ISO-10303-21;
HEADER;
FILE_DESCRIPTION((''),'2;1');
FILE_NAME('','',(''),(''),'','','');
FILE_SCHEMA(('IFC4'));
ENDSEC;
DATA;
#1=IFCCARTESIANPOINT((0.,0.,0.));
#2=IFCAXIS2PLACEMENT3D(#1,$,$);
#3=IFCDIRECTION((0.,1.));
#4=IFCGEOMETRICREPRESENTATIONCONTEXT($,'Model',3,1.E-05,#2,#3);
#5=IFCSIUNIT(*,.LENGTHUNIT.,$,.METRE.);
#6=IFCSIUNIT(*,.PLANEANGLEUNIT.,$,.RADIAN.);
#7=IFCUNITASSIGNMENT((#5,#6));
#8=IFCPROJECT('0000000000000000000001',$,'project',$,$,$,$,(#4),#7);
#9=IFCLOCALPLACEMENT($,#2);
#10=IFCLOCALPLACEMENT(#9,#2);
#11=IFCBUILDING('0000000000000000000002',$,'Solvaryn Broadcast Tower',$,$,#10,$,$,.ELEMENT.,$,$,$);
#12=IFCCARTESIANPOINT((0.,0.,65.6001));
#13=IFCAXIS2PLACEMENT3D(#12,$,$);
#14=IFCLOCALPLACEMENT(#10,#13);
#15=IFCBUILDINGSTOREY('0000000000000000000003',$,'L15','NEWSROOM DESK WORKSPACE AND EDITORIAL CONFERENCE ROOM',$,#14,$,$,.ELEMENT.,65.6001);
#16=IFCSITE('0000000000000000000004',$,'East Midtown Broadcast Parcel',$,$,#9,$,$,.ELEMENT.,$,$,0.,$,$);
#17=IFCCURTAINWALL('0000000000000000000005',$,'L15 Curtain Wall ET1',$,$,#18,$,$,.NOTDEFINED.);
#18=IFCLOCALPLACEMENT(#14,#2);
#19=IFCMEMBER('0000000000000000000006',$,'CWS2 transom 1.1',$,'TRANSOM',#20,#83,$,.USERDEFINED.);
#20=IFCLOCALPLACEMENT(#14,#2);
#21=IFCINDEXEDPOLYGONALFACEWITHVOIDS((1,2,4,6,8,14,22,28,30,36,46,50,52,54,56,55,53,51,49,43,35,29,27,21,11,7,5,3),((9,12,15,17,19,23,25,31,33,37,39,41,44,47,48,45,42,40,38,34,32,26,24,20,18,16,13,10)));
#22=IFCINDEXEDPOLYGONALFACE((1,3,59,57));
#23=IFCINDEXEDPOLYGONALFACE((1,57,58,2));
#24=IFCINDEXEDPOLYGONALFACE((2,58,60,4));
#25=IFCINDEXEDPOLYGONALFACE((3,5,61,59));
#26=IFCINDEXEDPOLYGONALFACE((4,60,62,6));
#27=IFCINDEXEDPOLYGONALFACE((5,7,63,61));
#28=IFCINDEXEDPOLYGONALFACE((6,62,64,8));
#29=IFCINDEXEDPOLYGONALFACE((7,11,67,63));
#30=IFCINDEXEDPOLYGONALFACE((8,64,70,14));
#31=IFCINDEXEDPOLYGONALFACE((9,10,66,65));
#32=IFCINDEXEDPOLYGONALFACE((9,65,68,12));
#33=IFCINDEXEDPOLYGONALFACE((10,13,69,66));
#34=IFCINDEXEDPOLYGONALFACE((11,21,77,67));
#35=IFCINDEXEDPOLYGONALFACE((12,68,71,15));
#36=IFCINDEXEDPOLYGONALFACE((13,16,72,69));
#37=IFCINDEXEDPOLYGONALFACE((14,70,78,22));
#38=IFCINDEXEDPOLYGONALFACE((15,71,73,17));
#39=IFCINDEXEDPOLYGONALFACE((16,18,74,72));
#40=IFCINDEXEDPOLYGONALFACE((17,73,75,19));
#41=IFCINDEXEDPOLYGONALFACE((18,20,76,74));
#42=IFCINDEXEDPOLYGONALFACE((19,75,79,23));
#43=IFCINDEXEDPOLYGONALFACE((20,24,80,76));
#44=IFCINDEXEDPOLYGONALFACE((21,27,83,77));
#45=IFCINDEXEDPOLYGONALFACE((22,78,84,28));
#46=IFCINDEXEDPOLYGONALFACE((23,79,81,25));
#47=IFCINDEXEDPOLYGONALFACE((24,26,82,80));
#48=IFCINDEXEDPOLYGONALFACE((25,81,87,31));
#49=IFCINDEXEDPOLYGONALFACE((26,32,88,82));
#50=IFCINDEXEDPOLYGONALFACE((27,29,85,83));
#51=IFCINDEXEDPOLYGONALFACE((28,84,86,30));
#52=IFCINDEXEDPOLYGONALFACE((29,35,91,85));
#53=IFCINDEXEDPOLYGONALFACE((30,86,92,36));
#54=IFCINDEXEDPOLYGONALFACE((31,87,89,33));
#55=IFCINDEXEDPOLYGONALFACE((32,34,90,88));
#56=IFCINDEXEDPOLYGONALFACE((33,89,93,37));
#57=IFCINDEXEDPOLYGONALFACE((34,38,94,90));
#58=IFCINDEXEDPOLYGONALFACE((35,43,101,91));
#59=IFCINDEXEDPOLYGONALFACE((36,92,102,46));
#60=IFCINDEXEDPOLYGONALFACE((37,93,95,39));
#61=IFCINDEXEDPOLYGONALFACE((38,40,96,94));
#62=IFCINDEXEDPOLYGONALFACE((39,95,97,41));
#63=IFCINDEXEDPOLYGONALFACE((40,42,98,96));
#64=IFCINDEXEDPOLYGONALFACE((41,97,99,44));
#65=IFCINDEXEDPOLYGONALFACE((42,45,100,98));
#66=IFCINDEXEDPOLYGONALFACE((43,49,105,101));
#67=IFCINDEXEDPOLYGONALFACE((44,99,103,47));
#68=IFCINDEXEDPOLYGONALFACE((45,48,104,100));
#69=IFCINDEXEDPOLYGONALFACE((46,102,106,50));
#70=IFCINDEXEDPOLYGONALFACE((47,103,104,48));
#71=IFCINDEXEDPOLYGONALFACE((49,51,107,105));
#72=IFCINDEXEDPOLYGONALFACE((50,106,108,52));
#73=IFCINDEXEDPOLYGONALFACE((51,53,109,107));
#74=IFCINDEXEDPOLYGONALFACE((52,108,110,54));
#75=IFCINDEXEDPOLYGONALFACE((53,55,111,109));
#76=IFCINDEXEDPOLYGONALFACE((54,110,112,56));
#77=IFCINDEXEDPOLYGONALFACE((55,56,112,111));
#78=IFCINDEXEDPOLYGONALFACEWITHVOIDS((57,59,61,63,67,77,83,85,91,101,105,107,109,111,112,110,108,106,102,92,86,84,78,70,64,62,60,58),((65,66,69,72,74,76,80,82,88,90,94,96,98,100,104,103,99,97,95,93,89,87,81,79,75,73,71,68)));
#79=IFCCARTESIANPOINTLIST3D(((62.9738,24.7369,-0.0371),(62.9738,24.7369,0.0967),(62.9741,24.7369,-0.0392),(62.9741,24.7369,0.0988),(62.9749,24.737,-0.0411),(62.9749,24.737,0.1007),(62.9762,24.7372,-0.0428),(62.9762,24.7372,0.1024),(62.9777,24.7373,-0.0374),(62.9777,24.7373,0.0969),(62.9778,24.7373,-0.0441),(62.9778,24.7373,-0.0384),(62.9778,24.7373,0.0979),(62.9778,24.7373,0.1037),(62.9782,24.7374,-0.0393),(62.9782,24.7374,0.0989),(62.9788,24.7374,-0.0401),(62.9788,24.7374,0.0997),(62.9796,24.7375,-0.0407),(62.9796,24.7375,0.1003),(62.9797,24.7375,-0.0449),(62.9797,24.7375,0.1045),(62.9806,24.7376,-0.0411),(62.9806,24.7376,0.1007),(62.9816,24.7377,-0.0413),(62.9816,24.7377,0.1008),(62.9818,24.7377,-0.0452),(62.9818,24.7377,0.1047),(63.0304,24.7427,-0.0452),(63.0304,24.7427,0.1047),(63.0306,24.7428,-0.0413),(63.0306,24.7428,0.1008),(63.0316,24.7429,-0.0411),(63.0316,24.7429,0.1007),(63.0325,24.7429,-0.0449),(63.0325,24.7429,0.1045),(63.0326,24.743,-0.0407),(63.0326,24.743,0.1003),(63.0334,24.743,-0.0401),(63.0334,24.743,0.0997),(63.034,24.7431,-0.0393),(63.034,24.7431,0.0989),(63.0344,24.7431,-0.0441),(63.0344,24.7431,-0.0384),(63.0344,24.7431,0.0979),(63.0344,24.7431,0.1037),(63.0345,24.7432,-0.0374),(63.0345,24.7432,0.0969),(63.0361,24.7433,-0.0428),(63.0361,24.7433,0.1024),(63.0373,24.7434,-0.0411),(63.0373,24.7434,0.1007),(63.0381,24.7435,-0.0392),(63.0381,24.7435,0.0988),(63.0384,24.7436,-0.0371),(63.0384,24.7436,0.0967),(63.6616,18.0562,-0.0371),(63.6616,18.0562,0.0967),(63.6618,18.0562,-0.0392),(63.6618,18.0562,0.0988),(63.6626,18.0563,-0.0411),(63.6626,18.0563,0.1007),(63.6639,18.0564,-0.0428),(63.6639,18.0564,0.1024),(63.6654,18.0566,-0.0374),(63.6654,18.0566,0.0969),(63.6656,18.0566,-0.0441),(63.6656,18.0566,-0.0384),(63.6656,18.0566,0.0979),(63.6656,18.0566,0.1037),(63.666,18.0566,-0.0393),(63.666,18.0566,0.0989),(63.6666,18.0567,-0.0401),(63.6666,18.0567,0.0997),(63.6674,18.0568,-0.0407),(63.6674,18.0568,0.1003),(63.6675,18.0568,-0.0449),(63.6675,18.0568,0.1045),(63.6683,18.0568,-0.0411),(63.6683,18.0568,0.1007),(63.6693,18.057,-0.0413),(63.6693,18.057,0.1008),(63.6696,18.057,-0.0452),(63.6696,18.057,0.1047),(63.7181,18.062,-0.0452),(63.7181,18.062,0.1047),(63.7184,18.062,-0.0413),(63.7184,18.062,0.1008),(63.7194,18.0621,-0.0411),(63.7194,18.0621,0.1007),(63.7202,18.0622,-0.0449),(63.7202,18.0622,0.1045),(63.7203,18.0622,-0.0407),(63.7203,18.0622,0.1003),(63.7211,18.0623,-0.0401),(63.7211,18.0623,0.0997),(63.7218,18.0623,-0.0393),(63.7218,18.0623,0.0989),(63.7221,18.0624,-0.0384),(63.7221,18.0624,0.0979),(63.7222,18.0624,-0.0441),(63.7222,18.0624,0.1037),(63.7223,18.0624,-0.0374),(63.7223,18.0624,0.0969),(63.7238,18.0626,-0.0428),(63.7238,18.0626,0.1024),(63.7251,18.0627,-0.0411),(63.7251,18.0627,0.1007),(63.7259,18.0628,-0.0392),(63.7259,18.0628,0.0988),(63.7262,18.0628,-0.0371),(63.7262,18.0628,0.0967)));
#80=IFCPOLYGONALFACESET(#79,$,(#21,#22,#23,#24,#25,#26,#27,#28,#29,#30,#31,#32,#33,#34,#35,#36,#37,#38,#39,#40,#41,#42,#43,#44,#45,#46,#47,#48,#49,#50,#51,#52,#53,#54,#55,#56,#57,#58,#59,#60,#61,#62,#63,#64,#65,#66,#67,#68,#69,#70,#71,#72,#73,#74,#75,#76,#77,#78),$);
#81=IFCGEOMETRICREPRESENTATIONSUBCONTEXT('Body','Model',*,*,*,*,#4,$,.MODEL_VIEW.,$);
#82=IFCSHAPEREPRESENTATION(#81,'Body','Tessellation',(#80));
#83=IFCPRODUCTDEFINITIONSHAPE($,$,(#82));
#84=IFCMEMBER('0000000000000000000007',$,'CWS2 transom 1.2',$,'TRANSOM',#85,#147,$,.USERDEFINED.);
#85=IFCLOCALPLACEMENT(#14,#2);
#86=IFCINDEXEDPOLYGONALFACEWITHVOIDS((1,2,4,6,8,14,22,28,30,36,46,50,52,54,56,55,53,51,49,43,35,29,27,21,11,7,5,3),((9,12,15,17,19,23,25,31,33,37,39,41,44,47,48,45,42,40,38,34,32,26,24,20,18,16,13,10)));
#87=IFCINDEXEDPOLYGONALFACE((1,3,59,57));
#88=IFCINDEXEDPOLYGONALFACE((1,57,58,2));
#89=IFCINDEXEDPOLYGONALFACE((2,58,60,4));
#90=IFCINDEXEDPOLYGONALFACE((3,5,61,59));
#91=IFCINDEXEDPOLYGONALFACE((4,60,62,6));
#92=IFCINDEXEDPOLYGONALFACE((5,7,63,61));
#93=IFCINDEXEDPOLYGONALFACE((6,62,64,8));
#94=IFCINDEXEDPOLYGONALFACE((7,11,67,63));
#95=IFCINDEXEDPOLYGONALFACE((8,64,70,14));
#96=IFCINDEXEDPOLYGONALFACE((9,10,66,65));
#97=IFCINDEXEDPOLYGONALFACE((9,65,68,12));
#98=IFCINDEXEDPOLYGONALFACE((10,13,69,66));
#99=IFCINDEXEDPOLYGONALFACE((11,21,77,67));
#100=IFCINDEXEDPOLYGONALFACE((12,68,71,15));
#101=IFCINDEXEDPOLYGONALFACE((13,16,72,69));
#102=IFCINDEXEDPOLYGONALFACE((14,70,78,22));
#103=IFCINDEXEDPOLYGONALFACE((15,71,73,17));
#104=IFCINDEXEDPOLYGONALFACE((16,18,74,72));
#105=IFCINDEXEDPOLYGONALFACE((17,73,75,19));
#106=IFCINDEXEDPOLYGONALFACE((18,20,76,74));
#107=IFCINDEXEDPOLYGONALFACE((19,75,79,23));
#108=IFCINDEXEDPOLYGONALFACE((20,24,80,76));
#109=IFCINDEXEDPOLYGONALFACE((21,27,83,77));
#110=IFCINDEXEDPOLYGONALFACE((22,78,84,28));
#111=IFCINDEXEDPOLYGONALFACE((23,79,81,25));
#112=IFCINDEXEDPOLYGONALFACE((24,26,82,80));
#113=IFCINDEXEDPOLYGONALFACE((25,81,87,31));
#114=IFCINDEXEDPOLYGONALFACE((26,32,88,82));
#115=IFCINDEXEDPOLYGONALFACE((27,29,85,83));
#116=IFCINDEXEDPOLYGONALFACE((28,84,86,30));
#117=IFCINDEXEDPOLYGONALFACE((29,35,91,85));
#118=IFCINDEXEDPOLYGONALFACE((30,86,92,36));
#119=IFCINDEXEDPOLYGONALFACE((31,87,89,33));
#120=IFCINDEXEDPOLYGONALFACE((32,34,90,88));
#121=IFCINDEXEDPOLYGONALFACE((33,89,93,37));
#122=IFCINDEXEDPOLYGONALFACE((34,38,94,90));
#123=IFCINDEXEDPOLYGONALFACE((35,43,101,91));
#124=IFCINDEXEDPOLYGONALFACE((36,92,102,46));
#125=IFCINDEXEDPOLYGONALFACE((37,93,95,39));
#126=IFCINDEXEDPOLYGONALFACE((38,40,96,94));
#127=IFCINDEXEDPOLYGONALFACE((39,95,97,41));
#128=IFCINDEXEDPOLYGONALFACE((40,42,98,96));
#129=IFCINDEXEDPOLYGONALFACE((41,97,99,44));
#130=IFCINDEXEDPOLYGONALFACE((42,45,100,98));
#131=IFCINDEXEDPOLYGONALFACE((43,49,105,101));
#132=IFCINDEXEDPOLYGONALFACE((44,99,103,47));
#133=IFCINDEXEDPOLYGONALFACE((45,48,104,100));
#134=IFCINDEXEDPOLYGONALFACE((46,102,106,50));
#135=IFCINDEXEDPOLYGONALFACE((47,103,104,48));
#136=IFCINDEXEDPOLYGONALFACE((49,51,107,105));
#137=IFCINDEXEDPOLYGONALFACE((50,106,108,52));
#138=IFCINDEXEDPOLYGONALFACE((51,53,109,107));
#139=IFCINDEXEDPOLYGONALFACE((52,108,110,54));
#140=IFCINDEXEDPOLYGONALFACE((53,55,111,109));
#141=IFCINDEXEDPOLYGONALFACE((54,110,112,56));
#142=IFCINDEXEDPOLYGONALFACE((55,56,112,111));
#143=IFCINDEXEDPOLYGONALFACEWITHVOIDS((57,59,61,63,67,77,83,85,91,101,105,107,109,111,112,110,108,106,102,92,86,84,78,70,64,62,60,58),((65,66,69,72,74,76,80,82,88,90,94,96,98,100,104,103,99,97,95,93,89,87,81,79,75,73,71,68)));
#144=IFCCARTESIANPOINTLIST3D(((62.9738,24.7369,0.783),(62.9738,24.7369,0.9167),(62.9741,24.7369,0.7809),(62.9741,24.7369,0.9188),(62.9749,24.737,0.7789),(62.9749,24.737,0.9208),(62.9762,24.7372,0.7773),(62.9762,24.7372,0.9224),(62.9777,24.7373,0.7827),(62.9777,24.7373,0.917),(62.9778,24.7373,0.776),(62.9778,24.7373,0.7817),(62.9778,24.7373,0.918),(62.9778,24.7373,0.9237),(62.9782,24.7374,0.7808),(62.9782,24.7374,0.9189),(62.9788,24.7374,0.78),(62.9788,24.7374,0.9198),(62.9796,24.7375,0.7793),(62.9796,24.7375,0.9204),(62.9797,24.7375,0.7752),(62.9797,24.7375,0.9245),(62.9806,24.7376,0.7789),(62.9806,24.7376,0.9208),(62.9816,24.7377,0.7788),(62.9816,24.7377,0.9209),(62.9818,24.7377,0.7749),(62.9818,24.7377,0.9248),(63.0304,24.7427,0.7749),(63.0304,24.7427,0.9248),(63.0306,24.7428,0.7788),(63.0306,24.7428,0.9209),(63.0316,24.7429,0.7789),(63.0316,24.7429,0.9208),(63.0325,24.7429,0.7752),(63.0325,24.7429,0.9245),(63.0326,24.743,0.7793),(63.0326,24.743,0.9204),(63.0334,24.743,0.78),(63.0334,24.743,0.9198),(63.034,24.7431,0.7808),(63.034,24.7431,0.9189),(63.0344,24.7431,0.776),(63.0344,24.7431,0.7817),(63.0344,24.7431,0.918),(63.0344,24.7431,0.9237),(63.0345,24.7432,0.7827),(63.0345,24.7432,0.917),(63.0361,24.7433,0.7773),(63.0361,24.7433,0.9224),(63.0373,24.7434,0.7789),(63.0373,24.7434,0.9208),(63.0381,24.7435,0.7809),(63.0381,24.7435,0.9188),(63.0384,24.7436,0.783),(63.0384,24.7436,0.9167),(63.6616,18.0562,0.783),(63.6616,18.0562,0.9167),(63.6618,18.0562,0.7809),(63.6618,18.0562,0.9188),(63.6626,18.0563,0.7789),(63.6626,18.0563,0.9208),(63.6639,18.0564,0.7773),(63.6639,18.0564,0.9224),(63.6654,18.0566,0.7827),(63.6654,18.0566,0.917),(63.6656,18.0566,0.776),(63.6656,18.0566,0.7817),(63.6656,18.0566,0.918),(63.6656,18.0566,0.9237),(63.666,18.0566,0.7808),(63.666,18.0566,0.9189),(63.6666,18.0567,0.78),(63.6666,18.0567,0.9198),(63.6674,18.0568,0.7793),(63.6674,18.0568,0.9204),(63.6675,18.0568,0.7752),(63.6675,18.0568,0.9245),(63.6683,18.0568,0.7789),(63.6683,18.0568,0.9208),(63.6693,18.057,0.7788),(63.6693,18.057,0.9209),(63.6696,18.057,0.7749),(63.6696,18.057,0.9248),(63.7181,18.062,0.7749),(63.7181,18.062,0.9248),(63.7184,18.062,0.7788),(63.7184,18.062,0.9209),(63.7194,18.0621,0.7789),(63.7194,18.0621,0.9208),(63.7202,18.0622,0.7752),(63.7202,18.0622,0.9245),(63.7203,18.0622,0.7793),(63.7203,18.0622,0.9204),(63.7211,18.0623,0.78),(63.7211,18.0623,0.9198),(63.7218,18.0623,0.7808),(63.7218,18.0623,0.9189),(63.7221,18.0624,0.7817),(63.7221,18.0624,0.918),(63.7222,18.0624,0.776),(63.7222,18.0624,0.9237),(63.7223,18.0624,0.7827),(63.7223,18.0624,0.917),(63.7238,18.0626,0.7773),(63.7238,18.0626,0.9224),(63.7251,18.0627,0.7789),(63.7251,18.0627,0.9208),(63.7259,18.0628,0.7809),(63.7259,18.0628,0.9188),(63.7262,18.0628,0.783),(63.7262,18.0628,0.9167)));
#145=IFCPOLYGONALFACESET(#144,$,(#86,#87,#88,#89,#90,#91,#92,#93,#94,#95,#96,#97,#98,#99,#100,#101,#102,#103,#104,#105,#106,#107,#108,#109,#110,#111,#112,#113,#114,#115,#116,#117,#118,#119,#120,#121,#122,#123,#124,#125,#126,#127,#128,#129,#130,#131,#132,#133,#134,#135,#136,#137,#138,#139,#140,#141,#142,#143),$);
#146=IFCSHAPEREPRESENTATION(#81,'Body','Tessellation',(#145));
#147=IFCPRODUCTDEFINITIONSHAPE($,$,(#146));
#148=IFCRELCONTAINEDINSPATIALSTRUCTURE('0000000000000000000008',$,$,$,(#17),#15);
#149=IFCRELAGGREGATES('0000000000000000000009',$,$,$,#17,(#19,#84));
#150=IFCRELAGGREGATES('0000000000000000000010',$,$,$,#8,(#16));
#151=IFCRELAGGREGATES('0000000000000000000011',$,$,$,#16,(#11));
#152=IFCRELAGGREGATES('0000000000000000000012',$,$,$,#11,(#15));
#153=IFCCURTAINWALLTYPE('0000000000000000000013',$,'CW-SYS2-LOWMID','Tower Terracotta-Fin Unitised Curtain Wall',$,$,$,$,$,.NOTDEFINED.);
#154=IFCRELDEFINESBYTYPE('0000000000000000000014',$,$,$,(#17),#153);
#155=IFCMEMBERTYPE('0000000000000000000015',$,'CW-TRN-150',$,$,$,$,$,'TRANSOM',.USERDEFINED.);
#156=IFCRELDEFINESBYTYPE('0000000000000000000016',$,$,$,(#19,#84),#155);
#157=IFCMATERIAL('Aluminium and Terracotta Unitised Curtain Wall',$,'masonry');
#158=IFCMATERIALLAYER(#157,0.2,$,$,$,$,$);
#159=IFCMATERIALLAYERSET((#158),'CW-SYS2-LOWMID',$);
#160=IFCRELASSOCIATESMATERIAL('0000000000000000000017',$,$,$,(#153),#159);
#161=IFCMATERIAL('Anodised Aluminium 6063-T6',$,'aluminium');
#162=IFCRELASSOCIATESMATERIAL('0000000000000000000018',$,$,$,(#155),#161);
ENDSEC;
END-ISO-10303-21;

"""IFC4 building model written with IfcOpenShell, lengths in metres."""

from ifc_helpers import new_model, si_unit, direction, frame, origin, origin_2d, place, context, subcontext, project, spatial, hollow_rectangle, extrude, material, layer, layer_set, material_profile, profile_set, type_object, element, aggregate, save


model = new_model("IFC4")

# Units and contexts
model_context = context("Model", 3, precision=1e-05, world=origin(), true_north=direction((0.0, 1.0)))
body_context = subcontext(model_context, "Body", "Model", "MODEL_VIEW")
ifc_project = project(units=[si_unit("LENGTHUNIT", "METRE"), si_unit("PLANEANGLEUNIT", "RADIAN")], contexts=[model_context])

# Site, building, storey
site_placement = place(None, origin())
site = spatial("IfcSite", under=ifc_project, at=site_placement, Name="East Midtown Broadcast Parcel", CompositionType="ELEMENT", RefElevation=0.0)
building_placement = place(site_placement, origin())
building = spatial("IfcBuilding", under=site, at=building_placement, Name="Solvaryn Broadcast Tower", CompositionType="ELEMENT")
storey_placement = place(building_placement, frame((0.0, 0.0, 65.6001)))
storey = spatial("IfcBuildingStorey", under=building, at=storey_placement, Name="L15", Description="NEWSROOM DESK WORKSPACE AND EDITORIAL CONFERENCE ROOM", CompositionType="ELEMENT", Elevation=65.6001)

# Curtain wall
ifc_material_1 = material(Name="Aluminium and Terracotta Unitised Curtain Wall", Category="masonry")
ifc_layer_1 = layer(ifc_material_1, 0.2)
ifc_layer_set_1 = layer_set([ifc_layer_1], Name="CW-SYS2-LOWMID")
curtain_wall_type = type_object("IfcCurtainWallType", Name="CW-SYS2-LOWMID", Description="Tower Terracotta-Fin Unitised Curtain Wall", PredefinedType="NOTDEFINED", material=ifc_layer_set_1)
curtain_wall_1_placement = place(storey_placement, origin())
curtain_wall_1 = element("IfcCurtainWall", 1, at=curtain_wall_1_placement, inside=storey, type_object=curtain_wall_type, Name="L15 Curtain Wall ET1", PredefinedType="NOTDEFINED")

# Members
ifc_material_2 = material(Name="Anodised Aluminium 6063-T6", Category="aluminium")
ifc_material_profile_1 = material_profile(ifc_material_2, hollow_rectangle(XDim=0.0649, YDim=0.1499, WallThickness=0.0039, InnerFilletRadius=0.0039, OuterFilletRadius=0.0081, at=origin_2d()))
ifc_profile_set_1 = profile_set([ifc_material_profile_1], Name="Anodised Aluminium 6063-T6")
member_type_1 = type_object("IfcMemberType", Name="CW-TRN-150", ElementType="TRANSOM", PredefinedType="USERDEFINED", material=ifc_profile_set_1)
member_1_placement = place(storey_placement, frame((63.0061, 24.7402, 0.0298), z_axis=(0.102404, -0.994743, 0.0), x_axis=(0.994743, 0.102404, 0.0)))
member_1 = element("IfcMember", 2, at=member_1_placement, type_object=member_type_1, Name="CWS2 transom 1.1", ObjectType="TRANSOM", PredefinedType="USERDEFINED", context=body_context, shape_type="SweptSolid", body=[
    extrude(hollow_rectangle(XDim=0.0649, YDim=0.1499, WallThickness=0.0039, InnerFilletRadius=0.0039, OuterFilletRadius=0.0081, at=origin_2d()), origin(), (0.0, 0.0, 1.0), 6.7161),
])
member_2_placement = place(storey_placement, frame((63.0061, 24.7402, 0.8499), z_axis=(0.102404, -0.994743, 0.0), x_axis=(0.994743, 0.102404, 0.0)))
member_2 = element("IfcMember", 3, at=member_2_placement, type_object=member_type_1, Name="CWS2 transom 1.2", ObjectType="TRANSOM", PredefinedType="USERDEFINED", context=body_context, shape_type="SweptSolid", body=[
    extrude(hollow_rectangle(XDim=0.0649, YDim=0.1499, WallThickness=0.0039, InnerFilletRadius=0.0039, OuterFilletRadius=0.0081, at=origin_2d()), origin(), (0.0, 0.0, 1.0), 6.7161),
])

aggregate(curtain_wall_1, [member_1, member_2])

save(model, "model.ifc")
